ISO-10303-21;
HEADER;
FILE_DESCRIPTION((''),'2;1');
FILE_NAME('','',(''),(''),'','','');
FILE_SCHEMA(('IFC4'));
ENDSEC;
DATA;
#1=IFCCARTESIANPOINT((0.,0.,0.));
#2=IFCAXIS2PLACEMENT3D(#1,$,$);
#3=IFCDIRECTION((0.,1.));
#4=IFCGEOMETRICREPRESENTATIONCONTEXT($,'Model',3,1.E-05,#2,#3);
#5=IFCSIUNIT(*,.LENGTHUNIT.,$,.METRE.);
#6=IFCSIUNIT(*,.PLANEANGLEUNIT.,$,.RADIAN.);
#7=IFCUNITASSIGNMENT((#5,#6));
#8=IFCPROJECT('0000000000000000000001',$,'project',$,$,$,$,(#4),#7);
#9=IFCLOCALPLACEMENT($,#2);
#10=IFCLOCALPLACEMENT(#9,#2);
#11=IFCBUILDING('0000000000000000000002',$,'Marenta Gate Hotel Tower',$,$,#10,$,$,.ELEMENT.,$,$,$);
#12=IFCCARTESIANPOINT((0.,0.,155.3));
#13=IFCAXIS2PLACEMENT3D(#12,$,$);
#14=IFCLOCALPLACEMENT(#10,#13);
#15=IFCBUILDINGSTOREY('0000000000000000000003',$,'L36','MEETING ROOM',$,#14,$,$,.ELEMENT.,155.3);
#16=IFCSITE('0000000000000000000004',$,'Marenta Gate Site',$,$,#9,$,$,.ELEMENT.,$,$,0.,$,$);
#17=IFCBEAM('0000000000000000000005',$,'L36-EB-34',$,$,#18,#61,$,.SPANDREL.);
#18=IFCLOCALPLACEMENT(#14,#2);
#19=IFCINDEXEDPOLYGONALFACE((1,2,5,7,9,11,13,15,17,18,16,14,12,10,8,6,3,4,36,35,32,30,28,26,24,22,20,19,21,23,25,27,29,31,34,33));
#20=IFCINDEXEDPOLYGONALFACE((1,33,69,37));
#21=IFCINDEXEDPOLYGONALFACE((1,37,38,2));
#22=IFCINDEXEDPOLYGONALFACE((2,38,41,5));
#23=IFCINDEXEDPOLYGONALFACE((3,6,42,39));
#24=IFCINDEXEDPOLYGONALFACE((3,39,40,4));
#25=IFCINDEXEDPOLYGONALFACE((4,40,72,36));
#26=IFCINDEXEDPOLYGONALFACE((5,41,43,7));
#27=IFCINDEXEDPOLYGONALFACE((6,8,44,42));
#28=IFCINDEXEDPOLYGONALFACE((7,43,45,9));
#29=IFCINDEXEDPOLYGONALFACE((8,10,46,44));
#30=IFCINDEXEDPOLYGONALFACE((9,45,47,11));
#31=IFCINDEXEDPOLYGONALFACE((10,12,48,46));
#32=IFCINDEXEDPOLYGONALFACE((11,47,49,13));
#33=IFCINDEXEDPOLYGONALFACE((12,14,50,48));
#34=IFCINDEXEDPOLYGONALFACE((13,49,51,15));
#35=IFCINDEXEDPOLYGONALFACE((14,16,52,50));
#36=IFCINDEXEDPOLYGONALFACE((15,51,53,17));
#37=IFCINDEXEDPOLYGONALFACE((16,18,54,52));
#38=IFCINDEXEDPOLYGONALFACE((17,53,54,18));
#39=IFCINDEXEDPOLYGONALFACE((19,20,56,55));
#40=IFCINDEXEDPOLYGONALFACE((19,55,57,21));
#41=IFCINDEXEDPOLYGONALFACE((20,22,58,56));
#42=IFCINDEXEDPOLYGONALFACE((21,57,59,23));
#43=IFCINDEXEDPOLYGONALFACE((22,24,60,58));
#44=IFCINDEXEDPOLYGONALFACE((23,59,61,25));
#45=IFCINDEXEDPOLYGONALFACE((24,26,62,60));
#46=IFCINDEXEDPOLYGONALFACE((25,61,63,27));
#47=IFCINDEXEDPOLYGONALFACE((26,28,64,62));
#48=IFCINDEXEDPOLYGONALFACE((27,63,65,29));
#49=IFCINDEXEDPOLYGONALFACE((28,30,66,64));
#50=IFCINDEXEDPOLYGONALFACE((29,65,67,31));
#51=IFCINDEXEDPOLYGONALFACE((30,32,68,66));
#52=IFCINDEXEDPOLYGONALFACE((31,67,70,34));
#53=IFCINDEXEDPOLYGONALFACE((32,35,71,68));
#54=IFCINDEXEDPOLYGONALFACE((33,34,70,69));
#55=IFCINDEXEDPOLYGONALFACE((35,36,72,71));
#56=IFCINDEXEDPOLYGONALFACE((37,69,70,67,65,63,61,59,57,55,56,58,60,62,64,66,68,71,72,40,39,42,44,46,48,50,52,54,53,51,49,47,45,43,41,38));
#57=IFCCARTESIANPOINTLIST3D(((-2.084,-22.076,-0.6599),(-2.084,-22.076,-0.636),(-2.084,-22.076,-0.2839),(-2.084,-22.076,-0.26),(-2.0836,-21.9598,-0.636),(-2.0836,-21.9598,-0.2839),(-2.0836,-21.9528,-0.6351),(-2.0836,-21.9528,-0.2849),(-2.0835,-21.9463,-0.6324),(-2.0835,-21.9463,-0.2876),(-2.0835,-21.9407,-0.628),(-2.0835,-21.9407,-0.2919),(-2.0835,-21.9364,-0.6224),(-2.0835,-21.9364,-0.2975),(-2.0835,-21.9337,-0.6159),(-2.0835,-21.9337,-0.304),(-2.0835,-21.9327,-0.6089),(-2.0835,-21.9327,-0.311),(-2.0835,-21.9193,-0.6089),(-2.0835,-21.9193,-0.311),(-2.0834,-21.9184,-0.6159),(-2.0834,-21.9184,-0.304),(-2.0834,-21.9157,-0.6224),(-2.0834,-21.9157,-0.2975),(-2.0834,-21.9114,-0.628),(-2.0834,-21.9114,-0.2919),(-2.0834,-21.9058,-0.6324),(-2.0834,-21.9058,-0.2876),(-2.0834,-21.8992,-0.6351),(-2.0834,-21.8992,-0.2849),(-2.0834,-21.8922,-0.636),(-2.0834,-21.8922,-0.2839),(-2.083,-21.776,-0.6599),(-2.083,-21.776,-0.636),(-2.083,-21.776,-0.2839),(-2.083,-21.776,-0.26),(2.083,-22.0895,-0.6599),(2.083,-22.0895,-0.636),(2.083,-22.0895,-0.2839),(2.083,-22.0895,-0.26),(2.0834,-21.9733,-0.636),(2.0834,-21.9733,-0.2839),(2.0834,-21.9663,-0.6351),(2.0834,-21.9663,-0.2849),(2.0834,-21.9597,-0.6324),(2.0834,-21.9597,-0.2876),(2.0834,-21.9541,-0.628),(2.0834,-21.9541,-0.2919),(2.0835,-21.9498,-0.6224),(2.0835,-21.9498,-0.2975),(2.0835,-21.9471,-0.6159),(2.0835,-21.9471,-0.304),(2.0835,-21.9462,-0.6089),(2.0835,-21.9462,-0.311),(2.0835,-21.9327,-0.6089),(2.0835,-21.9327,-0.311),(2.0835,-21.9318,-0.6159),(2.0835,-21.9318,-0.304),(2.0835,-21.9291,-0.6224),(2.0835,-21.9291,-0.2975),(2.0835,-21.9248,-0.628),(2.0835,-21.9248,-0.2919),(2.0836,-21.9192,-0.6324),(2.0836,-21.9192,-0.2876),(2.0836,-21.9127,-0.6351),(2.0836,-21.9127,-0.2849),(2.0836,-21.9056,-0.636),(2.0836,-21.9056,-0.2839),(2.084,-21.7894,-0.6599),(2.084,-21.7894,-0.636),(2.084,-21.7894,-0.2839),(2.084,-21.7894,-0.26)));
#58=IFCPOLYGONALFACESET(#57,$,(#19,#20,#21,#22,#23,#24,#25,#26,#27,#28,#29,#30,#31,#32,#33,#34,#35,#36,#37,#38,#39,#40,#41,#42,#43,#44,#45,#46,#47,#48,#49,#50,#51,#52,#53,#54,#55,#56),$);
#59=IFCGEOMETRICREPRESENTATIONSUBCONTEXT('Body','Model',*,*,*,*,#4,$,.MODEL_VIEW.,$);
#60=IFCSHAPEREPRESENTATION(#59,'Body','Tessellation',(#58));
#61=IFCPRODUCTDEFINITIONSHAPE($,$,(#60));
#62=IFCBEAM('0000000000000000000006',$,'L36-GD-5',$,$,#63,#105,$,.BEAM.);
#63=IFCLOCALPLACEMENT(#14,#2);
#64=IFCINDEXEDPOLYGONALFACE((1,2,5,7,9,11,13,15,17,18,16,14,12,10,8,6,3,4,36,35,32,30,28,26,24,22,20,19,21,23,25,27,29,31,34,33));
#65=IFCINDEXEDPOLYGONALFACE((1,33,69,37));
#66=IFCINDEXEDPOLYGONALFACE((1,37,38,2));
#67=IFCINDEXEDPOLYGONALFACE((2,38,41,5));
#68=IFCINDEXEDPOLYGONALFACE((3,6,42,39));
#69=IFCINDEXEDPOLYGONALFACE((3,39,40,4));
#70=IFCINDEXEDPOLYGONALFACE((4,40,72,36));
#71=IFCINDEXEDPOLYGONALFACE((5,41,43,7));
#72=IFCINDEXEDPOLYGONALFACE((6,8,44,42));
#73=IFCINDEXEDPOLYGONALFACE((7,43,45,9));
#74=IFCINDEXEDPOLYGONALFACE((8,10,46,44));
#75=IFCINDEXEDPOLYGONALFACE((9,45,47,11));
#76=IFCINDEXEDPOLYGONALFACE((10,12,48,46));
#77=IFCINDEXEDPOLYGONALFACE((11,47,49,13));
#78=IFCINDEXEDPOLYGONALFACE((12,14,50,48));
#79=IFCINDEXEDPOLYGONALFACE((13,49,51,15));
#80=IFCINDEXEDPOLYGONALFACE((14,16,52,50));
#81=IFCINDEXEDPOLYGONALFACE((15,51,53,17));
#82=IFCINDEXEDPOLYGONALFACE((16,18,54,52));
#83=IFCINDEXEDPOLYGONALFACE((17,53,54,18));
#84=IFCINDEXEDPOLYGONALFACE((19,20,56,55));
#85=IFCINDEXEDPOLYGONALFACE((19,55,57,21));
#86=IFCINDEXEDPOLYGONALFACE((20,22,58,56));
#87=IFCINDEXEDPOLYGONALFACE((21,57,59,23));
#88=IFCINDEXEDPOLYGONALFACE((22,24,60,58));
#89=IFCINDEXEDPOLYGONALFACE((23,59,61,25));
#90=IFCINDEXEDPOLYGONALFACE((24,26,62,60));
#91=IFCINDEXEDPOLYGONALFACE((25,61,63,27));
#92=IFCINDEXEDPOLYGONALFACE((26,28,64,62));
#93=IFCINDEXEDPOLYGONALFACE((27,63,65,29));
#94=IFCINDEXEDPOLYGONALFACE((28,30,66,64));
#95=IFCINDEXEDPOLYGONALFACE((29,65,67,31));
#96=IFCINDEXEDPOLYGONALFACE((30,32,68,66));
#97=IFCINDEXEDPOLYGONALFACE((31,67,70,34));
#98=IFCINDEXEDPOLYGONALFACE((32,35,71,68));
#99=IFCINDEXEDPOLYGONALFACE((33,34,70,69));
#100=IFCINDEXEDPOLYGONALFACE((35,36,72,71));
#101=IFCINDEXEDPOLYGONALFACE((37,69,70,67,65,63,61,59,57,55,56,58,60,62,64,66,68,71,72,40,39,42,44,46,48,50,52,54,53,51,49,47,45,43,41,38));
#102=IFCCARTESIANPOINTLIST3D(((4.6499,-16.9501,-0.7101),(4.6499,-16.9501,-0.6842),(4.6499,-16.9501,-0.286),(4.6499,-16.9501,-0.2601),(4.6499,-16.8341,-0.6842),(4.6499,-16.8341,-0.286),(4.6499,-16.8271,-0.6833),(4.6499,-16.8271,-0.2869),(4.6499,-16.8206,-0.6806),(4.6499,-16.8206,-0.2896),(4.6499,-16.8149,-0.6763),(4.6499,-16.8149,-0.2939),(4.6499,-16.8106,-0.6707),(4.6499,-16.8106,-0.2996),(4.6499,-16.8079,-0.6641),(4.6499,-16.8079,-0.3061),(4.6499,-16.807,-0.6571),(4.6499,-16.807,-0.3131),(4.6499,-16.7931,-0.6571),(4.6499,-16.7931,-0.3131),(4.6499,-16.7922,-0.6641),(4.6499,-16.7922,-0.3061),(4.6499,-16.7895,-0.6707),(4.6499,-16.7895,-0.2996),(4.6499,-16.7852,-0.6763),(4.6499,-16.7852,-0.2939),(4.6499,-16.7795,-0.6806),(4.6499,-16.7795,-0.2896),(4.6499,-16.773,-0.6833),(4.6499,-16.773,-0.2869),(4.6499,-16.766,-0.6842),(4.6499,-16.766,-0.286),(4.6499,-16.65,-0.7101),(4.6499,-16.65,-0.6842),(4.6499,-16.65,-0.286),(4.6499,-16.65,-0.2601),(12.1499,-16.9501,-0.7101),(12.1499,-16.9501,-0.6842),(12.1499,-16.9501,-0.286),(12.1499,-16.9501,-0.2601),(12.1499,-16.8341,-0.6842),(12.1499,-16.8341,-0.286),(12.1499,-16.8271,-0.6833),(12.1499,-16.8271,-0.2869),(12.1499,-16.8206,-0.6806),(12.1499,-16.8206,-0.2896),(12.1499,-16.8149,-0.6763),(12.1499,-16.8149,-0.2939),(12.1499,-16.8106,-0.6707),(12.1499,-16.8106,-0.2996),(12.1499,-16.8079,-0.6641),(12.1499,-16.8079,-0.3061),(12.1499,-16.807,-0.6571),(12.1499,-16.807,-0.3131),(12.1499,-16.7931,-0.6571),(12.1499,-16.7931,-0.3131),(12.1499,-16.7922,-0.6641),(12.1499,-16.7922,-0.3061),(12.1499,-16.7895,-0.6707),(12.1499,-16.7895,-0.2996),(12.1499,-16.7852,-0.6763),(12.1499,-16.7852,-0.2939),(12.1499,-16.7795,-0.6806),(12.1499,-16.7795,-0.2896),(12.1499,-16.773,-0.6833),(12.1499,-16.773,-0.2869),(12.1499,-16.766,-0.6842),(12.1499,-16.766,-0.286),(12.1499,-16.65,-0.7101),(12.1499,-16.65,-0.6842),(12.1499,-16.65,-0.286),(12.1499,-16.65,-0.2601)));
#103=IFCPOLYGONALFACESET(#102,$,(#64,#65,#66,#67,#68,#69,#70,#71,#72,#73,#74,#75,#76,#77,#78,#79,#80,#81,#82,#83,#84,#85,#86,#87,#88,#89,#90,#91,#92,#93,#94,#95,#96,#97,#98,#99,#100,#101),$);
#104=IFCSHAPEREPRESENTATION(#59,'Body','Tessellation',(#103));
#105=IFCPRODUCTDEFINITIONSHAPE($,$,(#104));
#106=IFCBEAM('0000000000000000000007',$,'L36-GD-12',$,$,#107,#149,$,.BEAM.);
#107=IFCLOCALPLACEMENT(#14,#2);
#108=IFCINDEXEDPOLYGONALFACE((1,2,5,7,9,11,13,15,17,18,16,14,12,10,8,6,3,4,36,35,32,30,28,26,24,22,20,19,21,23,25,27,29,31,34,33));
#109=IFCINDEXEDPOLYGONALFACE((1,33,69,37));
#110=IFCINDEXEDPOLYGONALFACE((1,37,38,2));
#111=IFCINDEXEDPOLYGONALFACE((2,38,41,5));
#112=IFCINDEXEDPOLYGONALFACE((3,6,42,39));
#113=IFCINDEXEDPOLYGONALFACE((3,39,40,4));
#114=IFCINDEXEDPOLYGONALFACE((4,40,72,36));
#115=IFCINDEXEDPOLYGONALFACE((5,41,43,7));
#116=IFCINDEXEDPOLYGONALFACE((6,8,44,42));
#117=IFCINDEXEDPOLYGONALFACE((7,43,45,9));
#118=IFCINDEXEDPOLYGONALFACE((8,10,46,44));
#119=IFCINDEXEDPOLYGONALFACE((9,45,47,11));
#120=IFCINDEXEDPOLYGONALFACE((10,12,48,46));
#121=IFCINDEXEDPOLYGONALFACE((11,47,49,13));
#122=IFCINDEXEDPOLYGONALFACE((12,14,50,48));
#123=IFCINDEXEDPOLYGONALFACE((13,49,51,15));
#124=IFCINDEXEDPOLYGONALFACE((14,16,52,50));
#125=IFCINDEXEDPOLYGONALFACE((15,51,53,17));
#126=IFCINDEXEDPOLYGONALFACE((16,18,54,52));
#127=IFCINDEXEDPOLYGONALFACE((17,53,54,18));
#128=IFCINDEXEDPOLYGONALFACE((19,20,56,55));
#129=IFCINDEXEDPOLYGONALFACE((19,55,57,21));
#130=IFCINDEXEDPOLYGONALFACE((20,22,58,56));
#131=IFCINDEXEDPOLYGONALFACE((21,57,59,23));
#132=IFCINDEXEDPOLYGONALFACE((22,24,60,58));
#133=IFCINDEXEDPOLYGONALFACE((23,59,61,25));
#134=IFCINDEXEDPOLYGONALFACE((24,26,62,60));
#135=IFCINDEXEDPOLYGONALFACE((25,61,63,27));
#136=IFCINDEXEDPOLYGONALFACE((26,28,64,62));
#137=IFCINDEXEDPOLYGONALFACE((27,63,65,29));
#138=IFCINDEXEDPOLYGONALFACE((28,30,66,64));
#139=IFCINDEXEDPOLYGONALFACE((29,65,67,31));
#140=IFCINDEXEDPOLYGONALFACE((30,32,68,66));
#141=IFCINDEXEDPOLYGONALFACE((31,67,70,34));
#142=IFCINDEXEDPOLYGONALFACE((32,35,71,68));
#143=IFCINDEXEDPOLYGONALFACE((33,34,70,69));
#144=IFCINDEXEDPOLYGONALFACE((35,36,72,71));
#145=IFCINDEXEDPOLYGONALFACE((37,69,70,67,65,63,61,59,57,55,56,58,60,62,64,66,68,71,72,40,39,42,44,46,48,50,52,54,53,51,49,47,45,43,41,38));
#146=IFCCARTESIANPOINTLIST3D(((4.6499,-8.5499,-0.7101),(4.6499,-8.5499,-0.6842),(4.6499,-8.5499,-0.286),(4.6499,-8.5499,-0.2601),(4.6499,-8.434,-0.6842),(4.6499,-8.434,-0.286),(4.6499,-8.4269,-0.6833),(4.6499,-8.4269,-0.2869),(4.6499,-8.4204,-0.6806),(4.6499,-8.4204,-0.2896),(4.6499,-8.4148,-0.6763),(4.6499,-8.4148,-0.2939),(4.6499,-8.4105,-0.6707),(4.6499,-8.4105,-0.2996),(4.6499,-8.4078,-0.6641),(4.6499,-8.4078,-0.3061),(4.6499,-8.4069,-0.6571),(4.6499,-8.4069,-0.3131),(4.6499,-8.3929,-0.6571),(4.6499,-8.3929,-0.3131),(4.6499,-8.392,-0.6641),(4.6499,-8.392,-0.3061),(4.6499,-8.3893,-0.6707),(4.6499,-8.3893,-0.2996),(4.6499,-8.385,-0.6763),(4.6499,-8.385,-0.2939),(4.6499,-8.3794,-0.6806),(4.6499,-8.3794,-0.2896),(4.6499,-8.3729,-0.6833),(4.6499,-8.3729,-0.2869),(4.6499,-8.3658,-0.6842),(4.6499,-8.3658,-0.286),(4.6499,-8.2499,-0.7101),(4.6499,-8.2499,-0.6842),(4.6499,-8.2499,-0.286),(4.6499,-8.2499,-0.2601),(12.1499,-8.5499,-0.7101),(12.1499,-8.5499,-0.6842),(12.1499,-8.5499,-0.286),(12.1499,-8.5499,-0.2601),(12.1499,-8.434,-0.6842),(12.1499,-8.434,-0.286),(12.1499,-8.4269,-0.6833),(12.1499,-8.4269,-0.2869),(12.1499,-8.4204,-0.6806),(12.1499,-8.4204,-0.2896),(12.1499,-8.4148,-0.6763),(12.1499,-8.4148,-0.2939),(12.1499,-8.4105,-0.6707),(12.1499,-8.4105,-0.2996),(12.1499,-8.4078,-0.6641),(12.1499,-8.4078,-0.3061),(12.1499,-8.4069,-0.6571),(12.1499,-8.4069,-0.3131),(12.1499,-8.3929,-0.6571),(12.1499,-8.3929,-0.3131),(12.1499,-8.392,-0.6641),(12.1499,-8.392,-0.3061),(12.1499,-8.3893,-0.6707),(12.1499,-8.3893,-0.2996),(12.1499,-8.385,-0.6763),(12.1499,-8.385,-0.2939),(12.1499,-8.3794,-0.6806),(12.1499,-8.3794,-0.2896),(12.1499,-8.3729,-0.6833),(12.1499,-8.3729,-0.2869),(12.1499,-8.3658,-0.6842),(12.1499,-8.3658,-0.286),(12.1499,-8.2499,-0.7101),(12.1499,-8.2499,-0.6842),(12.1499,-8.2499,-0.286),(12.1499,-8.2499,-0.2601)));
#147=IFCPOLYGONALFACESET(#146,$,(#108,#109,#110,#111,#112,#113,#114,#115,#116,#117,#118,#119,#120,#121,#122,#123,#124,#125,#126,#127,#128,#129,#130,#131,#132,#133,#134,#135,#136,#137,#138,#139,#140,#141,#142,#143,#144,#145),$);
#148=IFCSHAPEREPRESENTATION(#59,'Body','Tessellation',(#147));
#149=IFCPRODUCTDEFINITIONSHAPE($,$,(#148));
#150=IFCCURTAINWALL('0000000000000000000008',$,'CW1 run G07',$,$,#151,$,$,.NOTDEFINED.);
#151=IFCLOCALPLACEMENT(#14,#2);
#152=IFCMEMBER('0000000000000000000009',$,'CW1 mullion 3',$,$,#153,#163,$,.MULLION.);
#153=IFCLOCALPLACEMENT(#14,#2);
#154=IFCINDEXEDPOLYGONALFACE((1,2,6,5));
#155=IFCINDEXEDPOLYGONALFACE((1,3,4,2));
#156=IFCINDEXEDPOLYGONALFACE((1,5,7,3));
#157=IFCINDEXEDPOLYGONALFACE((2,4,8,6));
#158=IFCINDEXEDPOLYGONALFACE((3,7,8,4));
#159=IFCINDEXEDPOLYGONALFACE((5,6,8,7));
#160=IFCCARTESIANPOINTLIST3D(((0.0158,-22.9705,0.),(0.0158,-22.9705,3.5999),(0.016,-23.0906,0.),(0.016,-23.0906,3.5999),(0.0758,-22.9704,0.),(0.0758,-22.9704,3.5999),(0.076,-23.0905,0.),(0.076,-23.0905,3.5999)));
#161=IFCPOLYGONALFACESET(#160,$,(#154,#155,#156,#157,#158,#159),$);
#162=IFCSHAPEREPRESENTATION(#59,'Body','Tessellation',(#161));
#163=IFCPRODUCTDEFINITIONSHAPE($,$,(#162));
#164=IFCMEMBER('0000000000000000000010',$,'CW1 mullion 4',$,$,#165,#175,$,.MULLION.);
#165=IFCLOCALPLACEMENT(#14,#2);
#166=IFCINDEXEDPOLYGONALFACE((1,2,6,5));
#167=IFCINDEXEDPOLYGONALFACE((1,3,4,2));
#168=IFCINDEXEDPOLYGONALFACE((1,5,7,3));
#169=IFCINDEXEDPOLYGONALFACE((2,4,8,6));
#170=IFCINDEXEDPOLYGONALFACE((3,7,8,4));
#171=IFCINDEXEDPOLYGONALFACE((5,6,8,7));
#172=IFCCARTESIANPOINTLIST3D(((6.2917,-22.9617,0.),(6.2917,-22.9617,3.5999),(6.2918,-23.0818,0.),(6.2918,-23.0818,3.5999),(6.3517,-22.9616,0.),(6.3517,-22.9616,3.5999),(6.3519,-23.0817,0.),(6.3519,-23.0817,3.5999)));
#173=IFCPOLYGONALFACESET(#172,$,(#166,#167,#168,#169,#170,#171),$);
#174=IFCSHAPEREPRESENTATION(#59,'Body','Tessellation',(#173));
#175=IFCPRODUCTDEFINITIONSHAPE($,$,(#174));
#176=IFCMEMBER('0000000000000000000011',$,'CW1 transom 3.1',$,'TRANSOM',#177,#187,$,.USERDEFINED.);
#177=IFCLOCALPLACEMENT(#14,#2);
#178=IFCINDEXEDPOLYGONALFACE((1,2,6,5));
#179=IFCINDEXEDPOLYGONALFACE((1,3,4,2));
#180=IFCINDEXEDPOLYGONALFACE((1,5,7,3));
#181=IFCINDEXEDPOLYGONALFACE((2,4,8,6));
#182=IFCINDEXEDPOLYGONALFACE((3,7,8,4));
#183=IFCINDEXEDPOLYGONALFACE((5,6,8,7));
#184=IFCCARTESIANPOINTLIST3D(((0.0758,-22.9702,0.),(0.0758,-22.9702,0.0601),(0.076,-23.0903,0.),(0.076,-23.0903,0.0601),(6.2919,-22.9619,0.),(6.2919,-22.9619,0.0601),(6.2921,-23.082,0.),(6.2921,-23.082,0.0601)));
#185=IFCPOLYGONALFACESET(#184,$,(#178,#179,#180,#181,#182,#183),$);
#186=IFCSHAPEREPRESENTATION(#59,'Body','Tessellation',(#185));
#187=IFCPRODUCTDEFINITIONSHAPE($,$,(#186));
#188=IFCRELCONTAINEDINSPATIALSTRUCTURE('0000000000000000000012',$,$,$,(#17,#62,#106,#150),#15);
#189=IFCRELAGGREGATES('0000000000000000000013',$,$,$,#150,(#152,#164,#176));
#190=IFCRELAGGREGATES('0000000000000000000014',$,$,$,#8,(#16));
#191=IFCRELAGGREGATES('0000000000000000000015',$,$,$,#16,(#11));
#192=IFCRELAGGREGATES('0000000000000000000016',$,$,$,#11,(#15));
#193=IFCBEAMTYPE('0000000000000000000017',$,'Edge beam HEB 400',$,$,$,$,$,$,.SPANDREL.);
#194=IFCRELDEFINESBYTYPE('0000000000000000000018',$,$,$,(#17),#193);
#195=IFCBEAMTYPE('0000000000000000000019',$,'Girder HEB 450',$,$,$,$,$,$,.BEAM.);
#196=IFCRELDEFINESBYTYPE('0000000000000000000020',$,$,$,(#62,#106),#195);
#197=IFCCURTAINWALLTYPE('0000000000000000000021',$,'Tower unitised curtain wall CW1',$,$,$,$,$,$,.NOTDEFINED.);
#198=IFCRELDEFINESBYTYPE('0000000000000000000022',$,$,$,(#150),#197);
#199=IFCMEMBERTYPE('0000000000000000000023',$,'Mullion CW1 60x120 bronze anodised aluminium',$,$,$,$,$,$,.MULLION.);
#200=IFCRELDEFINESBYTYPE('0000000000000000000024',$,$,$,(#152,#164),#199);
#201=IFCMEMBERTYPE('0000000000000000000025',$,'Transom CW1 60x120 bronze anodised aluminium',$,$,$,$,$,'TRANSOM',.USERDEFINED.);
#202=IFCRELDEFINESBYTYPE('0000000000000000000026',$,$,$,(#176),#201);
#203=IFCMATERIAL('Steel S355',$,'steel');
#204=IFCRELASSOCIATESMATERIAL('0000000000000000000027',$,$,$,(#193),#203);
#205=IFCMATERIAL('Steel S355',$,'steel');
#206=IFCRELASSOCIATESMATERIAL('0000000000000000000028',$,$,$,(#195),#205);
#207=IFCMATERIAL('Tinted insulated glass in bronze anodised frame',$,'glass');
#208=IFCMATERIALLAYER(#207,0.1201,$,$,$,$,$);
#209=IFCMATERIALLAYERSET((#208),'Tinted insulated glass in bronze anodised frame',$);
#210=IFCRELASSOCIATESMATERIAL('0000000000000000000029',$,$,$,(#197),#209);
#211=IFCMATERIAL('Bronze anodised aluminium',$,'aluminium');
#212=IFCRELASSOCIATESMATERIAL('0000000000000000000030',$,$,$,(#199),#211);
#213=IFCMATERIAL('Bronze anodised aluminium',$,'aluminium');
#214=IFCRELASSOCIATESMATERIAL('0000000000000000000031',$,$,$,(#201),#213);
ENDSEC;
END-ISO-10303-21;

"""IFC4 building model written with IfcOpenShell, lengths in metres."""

from ifc_helpers import new_model, si_unit, direction, frame, origin, origin_2d, place, context, subcontext, project, spatial, rectangle, i_section, extrude, material, layer, layer_set, material_profile, profile_set, type_object, element, aggregate, save


model = new_model("IFC4")

# Units and contexts
model_context = context("Model", 3, precision=1e-05, world=origin(), true_north=direction((0.0, 1.0)))
body_context = subcontext(model_context, "Body", "Model", "MODEL_VIEW")
ifc_project = project(units=[si_unit("LENGTHUNIT", "METRE"), si_unit("PLANEANGLEUNIT", "RADIAN")], contexts=[model_context])

# Site, building, storey
site_placement = place(None, origin())
site = spatial("IfcSite", under=ifc_project, at=site_placement, Name="Marenta Gate Site", CompositionType="ELEMENT", RefElevation=0.0)
building_placement = place(site_placement, origin())
building = spatial("IfcBuilding", under=site, at=building_placement, Name="Marenta Gate Hotel Tower", CompositionType="ELEMENT")
storey_placement = place(building_placement, frame((0.0, 0.0, 155.3)))
storey = spatial("IfcBuildingStorey", under=building, at=storey_placement, Name="L36", Description="MEETING ROOM", CompositionType="ELEMENT", Elevation=155.3)

# Beams
ifc_material_1 = material(Name="Steel S355", Category="steel")
ifc_material_profile_1 = material_profile(ifc_material_1, i_section(OverallWidth=0.3, OverallDepth=0.3999, WebThickness=0.0134, FlangeThickness=0.0239, FilletRadius=0.0271, at=origin_2d()), Name="HEB 400")
ifc_profile_set_1 = profile_set([ifc_material_profile_1], Name="Steel S355")
beam_type_1 = type_object("IfcBeamType", Name="Edge beam HEB 400", PredefinedType="SPANDREL", material=ifc_profile_set_1)
beam_1_placement = place(storey_placement, frame((2.0835, -21.9395, -0.46), z_axis=(-0.999995, 0.003222, 0.0), x_axis=(-0.003222, -0.999995, 0.0)))
element("IfcBeam", 1, at=beam_1_placement, inside=storey, type_object=beam_type_1, Name="L36-EB-34", PredefinedType="SPANDREL", context=body_context, shape_type="SweptSolid", body=[
    extrude(i_section(OverallWidth=0.3, OverallDepth=0.3999, WebThickness=0.0134, FlangeThickness=0.0239, FilletRadius=0.0271, at=origin_2d()), origin(), (0.0, 0.0, 1.0), 4.167),
])
ifc_material_2 = material(Name="Steel S355", Category="steel")
ifc_material_profile_2 = material_profile(ifc_material_2, i_section(OverallWidth=0.3, OverallDepth=0.45, WebThickness=0.0139, FlangeThickness=0.0259, FilletRadius=0.0271, at=origin_2d()), Name="HEB 450")
ifc_profile_set_2 = profile_set([ifc_material_profile_2], Name="Steel S355")
beam_type_2 = type_object("IfcBeamType", Name="Girder HEB 450", PredefinedType="BEAM", material=ifc_profile_set_2)
for number, where, z_axis, x_axis, name in (
    (2, (4.6499, -16.8, -0.4851), (1.0, 0.0, 0.0), (0.0, 1.0, 0.0), "L36-GD-5"),
    (3, (4.6499, -8.3999, -0.4851), (1.0, 0.0, 0.0), (0.0, 1.0, 0.0), "L36-GD-12"),
):
    element("IfcBeam", number, at=place(storey_placement, frame(where, z_axis=z_axis, x_axis=x_axis)), inside=storey, type_object=beam_type_2, Name=name, PredefinedType="BEAM", context=body_context, shape_type="SweptSolid", body=[
        extrude(i_section(OverallWidth=0.3, OverallDepth=0.45, WebThickness=0.0139, FlangeThickness=0.0259, FilletRadius=0.0271, at=origin_2d()), origin(), (0.0, 0.0, 1.0), 7.5),
    ])

# Curtain wall, members
ifc_material_3 = material(Name="Tinted insulated glass in bronze anodised frame", Category="glass")
ifc_layer_1 = layer(ifc_material_3, 0.1201)
ifc_layer_set_1 = layer_set([ifc_layer_1], Name="Tinted insulated glass in bronze anodised frame")
curtain_wall_type = type_object("IfcCurtainWallType", Name="Tower unitised curtain wall CW1", PredefinedType="NOTDEFINED", material=ifc_layer_set_1)
curtain_wall_placement = place(storey_placement, origin())
curtain_wall = element("IfcCurtainWall", 4, at=curtain_wall_placement, inside=storey, type_object=curtain_wall_type, Name="CW1 run G07", PredefinedType="NOTDEFINED")
ifc_material_4 = material(Name="Bronze anodised aluminium", Category="aluminium")
ifc_material_profile_3 = material_profile(ifc_material_4, rectangle(XDim=0.1201, YDim=0.0601, at=origin_2d()), Name="Mullion CW1 60x120 bronze anodised aluminium")
ifc_profile_set_3 = profile_set([ifc_material_profile_3], Name="Bronze anodised aluminium")
member_type_1 = type_object("IfcMemberType", Name="Mullion CW1 60x120 bronze anodised aluminium", PredefinedType="MULLION", material=ifc_profile_set_3)
member_1_placement = place(storey_placement, frame((0.0459, -23.0305, 0.0), z_axis=(0.0, 0.0, 1.0), x_axis=(-0.001362, 0.999999, 0.0)))
member_1 = element("IfcMember", 5, at=member_1_placement, type_object=member_type_1, Name="CW1 mullion 3", PredefinedType="MULLION", context=body_context, shape_type="SweptSolid", body=[
    extrude(rectangle(XDim=0.1201, YDim=0.0601, at=origin_2d()), origin(), (0.0, 0.0, 1.0), 3.5999),
])
member_2_placement = place(storey_placement, frame((6.3218, -23.0217, 0.0), z_axis=(0.0, 0.0, 1.0), x_axis=(-0.001362, 0.999999, 0.0)))
member_2 = element("IfcMember", 6, at=member_2_placement, type_object=member_type_1, Name="CW1 mullion 4", PredefinedType="MULLION", context=body_context, shape_type="SweptSolid", body=[
    extrude(rectangle(XDim=0.1201, YDim=0.0601, at=origin_2d()), origin(), (0.0, 0.0, 1.0), 3.5999),
])
ifc_material_5 = material(Name="Bronze anodised aluminium", Category="aluminium")
ifc_material_profile_4 = material_profile(ifc_material_5, rectangle(XDim=0.1201, YDim=0.0601, at=origin_2d()), Name="Transom CW1 60x120 bronze anodised aluminium")
ifc_profile_set_4 = profile_set([ifc_material_profile_4], Name="Bronze anodised aluminium")
member_type_2 = type_object("IfcMemberType", Name="Transom CW1 60x120 bronze anodised aluminium", ElementType="TRANSOM", PredefinedType="USERDEFINED", material=ifc_profile_set_4)
member_3_placement = place(storey_placement, frame((0.0759, -23.0303, 0.03), z_axis=(0.999999, 0.001335, 0.0), x_axis=(-0.001335, 0.999999, 0.0)))
member_3 = element("IfcMember", 7, at=member_3_placement, type_object=member_type_2, Name="CW1 transom 3.1", ObjectType="TRANSOM", PredefinedType="USERDEFINED", context=body_context, shape_type="SweptSolid", body=[
    extrude(rectangle(XDim=0.1201, YDim=0.0601, at=origin_2d()), origin(), (0.0, 0.0, 1.0), 6.2161),
])
aggregate(curtain_wall, [member_1, member_2, member_3])

save(model, "model.ifc")
